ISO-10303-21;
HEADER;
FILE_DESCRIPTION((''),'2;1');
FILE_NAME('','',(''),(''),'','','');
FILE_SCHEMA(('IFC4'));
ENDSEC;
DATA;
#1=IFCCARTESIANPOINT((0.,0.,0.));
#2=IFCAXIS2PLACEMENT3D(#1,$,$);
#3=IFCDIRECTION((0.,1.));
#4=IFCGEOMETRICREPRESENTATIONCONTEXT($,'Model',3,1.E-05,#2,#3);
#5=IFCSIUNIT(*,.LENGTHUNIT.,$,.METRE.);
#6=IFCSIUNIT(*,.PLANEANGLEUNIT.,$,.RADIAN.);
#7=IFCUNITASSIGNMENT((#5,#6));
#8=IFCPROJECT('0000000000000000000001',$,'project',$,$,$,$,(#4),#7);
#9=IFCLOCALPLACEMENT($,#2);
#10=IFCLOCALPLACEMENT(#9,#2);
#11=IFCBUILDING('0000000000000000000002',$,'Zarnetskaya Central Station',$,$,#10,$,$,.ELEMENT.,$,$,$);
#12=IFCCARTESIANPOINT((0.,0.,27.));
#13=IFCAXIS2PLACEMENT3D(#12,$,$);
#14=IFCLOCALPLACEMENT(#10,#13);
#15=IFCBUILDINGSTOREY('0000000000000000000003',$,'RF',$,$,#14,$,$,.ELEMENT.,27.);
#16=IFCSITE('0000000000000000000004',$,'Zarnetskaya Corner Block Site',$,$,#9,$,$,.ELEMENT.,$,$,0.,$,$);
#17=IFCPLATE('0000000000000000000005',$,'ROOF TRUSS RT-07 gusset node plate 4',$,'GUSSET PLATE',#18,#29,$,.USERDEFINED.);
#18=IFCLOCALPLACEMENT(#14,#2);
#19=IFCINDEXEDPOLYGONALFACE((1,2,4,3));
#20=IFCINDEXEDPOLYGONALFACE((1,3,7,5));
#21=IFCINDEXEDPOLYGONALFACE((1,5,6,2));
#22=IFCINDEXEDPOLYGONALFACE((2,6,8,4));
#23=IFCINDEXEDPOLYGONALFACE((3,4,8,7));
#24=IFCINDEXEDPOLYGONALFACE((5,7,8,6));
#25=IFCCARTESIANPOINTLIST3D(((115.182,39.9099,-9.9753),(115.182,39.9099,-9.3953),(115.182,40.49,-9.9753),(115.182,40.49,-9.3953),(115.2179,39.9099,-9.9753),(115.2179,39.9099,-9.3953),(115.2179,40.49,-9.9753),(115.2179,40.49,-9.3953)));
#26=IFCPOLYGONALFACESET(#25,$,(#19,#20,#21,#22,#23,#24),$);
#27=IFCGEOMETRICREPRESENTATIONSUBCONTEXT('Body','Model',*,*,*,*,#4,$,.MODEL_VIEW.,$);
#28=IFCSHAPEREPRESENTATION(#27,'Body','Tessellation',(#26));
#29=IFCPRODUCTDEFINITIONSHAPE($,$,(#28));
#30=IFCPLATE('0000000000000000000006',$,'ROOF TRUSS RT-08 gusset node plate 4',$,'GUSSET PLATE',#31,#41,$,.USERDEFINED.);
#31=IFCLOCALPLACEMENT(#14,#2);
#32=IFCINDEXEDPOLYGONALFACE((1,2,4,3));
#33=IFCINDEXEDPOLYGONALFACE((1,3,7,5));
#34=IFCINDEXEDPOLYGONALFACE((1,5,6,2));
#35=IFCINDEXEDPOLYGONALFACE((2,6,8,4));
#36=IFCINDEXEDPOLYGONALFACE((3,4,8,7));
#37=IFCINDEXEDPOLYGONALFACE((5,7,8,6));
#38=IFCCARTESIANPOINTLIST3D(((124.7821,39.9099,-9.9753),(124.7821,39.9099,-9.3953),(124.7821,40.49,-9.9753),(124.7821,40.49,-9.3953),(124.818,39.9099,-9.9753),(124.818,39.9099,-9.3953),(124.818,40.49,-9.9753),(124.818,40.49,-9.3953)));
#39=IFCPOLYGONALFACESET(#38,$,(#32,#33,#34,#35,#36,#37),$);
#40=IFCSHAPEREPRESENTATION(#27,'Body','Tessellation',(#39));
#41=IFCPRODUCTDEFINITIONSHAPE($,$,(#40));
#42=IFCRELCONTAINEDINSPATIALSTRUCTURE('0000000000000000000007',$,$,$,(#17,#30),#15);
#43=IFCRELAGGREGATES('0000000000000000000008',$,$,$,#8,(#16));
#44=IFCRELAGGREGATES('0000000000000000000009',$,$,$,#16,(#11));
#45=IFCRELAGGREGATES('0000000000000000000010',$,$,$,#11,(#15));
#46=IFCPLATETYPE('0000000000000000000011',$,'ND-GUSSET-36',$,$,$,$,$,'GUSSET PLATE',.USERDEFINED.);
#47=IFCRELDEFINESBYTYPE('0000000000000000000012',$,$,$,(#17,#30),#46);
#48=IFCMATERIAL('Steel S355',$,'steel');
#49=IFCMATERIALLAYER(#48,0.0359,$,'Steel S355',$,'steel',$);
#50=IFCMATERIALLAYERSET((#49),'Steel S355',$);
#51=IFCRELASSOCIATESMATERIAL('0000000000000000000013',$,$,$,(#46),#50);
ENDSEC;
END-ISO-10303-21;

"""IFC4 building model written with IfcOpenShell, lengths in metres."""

from ifc_helpers import new_model, si_unit, direction, frame, origin, origin_2d, place, context, subcontext, project, spatial, rectangle, extrude, material, layer, layer_set, type_object, element, save


model = new_model("IFC4")

# Units and contexts
model_context = context("Model", 3, precision=1e-05, world=origin(), true_north=direction((0.0, 1.0)))
body_context = subcontext(model_context, "Body", "Model", "MODEL_VIEW")
ifc_project = project(units=[si_unit("LENGTHUNIT", "METRE"), si_unit("PLANEANGLEUNIT", "RADIAN")], contexts=[model_context])

# Site, building, storey
site_placement = place(None, origin())
site = spatial("IfcSite", under=ifc_project, at=site_placement, Name="Zarnetskaya Corner Block Site", CompositionType="ELEMENT", RefElevation=0.0)
building_placement = place(site_placement, origin())
building = spatial("IfcBuilding", under=site, at=building_placement, Name="Zarnetskaya Central Station", CompositionType="ELEMENT")
storey_placement = place(building_placement, frame((0.0, 0.0, 27.0)))
storey = spatial("IfcBuildingStorey", under=building, at=storey_placement, Name="RF", CompositionType="ELEMENT", Elevation=27.0)

# Shared definitions
ifc_material = material(Name="Steel S355", Category="steel")

# Plates
ifc_layer_1 = layer(ifc_material, 0.0359, Name="Steel S355", Category="steel")
ifc_layer_set_1 = layer_set([ifc_layer_1], Name="Steel S355")
plate_type_1 = type_object("IfcPlateType", Name="ND-GUSSET-36", ElementType="GUSSET PLATE", PredefinedType="USERDEFINED", material=ifc_layer_set_1)
for number, where, z_axis, x_axis, name in (
    (1, (115.2, 40.2, -9.9753), (0.0, 0.0, 1.0), (1.0, 0.0, 0.0), "ROOF TRUSS RT-07 gusset node plate 4"),
    (2, (124.8, 40.2, -9.9753), (0.0, 0.0, 1.0), (1.0, 0.0, 0.0), "ROOF TRUSS RT-08 gusset node plate 4"),
):
    element("IfcPlate", number, at=place(storey_placement, frame(where, z_axis=z_axis, x_axis=x_axis)), inside=storey, type_object=plate_type_1, Name=name, ObjectType="GUSSET PLATE", PredefinedType="USERDEFINED", context=body_context, shape_type="SweptSolid", body=[
        extrude(rectangle(XDim=0.0359, YDim=0.5801, at=origin_2d()), origin(), (0.0, 0.0, 1.0), 0.5801),
    ])

save(model, "model.ifc")
